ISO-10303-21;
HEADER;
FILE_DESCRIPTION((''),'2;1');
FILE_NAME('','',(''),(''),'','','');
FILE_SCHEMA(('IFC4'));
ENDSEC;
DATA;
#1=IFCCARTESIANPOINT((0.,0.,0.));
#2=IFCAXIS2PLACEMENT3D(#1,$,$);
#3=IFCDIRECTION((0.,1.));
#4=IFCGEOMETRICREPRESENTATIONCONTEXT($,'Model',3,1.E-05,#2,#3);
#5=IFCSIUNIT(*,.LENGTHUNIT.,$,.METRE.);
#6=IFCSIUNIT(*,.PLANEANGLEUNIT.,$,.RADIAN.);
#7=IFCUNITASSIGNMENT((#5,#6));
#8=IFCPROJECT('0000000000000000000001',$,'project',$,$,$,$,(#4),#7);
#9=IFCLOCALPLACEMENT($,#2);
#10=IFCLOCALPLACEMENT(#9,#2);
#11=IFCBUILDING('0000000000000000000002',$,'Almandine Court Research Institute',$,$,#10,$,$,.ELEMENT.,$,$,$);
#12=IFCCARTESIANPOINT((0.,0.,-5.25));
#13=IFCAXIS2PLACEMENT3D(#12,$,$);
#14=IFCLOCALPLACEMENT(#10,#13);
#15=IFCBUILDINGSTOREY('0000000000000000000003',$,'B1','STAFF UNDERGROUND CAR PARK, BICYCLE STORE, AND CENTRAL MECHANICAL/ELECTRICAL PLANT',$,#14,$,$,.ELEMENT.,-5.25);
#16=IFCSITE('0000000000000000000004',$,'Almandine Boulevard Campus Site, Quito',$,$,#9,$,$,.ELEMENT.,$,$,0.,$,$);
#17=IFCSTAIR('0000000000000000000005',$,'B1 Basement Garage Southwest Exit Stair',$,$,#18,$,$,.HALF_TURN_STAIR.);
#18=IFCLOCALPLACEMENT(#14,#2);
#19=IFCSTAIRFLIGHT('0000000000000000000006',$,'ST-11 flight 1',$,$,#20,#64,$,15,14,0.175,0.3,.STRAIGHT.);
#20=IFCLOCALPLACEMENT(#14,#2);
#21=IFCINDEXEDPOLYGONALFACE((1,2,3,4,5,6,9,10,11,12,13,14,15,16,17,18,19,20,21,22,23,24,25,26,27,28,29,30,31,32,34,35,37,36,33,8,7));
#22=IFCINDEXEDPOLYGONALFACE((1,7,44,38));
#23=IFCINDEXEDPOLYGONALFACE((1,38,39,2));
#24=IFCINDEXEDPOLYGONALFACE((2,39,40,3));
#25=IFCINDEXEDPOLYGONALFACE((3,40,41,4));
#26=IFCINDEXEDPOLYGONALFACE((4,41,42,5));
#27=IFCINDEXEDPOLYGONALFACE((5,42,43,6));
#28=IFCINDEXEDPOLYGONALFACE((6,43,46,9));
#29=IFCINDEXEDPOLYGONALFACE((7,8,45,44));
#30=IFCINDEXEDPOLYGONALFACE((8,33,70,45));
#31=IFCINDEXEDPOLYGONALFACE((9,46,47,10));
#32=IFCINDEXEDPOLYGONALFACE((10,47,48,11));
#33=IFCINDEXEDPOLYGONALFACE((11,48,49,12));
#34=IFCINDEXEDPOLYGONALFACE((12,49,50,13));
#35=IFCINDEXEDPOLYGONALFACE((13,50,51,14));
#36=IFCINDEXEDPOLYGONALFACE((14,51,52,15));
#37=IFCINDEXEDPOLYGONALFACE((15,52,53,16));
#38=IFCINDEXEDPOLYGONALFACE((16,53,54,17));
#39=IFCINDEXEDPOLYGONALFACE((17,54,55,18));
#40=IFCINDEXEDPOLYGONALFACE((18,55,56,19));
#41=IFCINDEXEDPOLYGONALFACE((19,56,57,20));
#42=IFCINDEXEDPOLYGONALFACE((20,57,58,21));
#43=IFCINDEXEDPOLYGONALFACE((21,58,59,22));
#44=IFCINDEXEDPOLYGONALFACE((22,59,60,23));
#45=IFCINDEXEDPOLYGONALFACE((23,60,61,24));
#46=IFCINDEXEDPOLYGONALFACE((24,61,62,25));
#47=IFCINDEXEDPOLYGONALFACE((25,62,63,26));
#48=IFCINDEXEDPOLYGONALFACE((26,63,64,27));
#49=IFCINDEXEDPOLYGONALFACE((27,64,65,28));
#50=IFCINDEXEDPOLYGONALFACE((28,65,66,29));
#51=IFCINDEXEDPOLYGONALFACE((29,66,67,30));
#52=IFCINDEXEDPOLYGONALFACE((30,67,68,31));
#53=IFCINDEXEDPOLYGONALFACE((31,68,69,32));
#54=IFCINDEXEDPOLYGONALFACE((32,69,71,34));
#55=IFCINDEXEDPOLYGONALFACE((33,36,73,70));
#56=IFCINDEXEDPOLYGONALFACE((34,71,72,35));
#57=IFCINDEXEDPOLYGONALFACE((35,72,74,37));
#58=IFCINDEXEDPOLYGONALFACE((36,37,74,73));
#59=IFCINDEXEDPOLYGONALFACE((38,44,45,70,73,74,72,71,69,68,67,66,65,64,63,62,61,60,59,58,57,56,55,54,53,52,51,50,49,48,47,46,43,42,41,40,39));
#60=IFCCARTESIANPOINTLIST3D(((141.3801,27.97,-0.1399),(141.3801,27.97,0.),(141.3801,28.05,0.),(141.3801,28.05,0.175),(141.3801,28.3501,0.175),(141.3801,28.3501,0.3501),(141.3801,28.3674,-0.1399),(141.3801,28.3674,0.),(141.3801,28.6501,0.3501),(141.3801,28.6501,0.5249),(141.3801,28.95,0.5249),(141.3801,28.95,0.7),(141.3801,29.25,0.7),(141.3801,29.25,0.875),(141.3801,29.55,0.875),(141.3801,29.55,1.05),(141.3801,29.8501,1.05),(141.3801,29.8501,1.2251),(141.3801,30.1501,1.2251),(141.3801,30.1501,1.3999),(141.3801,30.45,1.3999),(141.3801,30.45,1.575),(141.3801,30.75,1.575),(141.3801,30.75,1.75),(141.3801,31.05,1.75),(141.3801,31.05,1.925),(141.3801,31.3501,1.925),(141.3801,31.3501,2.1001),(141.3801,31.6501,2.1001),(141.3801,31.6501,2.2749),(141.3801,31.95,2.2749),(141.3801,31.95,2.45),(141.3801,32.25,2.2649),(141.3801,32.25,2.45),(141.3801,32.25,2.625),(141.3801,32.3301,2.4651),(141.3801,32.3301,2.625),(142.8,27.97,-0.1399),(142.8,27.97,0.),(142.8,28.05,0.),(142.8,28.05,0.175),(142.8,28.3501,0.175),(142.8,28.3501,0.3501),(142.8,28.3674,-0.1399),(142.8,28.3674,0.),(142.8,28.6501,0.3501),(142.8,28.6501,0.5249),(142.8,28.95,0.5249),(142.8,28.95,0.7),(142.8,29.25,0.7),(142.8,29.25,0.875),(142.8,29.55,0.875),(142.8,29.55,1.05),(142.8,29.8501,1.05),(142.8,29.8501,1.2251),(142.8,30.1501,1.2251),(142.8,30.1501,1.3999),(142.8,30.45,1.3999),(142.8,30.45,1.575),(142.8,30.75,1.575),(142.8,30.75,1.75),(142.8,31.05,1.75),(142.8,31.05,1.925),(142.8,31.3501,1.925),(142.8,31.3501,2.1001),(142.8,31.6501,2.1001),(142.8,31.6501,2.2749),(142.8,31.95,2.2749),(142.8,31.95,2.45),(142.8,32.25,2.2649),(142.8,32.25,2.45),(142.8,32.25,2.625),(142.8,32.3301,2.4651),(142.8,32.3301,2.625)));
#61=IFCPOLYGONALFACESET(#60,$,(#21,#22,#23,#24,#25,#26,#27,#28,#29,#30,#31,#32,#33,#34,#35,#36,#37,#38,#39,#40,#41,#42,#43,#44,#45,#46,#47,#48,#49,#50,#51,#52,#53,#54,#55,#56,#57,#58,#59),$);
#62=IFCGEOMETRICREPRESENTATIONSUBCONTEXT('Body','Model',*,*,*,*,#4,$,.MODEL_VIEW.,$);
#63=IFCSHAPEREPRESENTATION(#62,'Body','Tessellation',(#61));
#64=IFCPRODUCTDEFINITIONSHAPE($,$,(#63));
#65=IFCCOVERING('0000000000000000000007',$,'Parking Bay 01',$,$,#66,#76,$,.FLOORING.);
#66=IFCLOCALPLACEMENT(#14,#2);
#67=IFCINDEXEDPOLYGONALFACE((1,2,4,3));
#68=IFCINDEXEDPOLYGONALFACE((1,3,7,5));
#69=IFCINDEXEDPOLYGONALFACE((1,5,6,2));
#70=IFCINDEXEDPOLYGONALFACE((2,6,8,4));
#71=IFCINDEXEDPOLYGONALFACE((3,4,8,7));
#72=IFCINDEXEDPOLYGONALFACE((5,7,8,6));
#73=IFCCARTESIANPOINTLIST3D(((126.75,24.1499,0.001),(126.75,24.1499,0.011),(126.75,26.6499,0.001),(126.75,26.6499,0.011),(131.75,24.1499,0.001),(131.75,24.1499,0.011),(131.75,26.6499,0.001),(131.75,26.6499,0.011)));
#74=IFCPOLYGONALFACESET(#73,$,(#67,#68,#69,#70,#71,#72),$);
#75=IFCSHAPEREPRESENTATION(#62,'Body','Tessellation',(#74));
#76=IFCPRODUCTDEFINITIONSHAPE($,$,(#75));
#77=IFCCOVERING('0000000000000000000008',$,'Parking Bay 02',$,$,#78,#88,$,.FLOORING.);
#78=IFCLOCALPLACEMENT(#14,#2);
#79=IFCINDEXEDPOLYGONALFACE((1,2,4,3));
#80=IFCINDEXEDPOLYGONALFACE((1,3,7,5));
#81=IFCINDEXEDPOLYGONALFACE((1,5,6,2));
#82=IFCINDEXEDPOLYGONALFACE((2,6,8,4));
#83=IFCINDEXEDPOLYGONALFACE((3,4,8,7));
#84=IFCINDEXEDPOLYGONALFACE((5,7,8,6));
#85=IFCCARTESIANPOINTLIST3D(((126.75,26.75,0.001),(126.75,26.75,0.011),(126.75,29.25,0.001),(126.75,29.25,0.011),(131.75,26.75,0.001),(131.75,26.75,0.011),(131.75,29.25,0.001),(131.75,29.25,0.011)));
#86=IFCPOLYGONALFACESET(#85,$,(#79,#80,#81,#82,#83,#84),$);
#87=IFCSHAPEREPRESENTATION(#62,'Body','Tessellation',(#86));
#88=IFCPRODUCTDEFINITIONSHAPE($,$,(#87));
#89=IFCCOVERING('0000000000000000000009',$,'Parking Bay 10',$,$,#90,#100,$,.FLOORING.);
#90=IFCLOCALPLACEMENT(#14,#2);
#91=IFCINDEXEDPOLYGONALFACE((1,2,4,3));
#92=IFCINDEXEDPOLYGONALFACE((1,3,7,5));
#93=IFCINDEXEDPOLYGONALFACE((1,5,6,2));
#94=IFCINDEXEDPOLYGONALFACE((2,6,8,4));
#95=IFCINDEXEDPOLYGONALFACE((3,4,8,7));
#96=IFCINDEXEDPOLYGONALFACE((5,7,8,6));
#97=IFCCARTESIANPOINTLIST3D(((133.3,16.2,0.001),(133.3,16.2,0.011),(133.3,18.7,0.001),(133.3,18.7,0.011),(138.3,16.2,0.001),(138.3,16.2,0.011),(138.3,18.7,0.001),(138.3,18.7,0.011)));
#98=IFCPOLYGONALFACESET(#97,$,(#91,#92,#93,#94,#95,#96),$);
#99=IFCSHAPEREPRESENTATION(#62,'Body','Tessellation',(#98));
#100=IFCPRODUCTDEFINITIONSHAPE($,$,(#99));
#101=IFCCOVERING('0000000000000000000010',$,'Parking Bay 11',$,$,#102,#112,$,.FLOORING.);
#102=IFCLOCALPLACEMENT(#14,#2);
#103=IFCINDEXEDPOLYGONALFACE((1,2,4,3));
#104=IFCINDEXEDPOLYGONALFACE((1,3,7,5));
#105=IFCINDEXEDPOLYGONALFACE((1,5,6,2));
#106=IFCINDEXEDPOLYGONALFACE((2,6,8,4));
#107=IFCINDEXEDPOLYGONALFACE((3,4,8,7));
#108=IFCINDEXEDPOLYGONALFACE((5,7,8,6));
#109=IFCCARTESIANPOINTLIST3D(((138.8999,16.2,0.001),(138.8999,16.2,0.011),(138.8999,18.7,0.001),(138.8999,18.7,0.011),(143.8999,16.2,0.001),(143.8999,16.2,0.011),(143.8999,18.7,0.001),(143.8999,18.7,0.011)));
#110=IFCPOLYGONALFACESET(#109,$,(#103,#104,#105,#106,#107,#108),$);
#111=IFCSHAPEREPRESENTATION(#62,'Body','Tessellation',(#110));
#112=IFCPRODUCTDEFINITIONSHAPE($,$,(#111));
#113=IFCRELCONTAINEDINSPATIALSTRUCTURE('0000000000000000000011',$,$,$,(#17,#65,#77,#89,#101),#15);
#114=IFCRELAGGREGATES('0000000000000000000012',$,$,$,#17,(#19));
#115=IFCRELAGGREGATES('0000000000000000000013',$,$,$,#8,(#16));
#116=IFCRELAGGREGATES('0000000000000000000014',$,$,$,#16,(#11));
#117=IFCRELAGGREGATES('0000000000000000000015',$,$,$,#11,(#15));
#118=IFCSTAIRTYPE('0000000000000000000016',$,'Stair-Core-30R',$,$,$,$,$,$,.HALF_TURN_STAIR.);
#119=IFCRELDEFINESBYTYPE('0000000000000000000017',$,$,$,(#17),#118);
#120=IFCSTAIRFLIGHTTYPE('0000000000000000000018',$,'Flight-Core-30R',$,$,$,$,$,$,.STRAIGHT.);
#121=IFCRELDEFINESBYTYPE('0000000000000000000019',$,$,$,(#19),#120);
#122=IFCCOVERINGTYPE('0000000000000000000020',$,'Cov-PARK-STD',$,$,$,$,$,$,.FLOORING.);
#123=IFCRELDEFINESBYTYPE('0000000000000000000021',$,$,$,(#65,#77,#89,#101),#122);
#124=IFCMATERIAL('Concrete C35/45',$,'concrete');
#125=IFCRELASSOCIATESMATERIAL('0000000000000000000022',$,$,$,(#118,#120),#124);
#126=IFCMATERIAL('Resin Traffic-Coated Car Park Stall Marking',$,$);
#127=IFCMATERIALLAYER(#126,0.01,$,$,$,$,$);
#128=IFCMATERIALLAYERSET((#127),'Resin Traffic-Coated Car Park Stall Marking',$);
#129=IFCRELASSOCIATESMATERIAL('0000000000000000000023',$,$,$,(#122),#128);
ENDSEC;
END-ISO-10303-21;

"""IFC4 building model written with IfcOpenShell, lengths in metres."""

from ifc_helpers import new_model, si_unit, direction, frame, origin, origin_2d, place, context, subcontext, project, spatial, polyline, rectangle, outline, extrude, material, layer, layer_set, type_object, element, aggregate, save


model = new_model("IFC4")

# Units and contexts
model_context = context("Model", 3, precision=1e-05, world=origin(), true_north=direction((0.0, 1.0)))
body_context = subcontext(model_context, "Body", "Model", "MODEL_VIEW")
ifc_project = project(units=[si_unit("LENGTHUNIT", "METRE"), si_unit("PLANEANGLEUNIT", "RADIAN")], contexts=[model_context])

# Site, building, storey
site_placement = place(None, origin())
site = spatial("IfcSite", under=ifc_project, at=site_placement, Name="Almandine Boulevard Campus Site, Quito", CompositionType="ELEMENT", RefElevation=0.0)
building_placement = place(site_placement, origin())
building = spatial("IfcBuilding", under=site, at=building_placement, Name="Almandine Court Research Institute", CompositionType="ELEMENT")
storey_placement = place(building_placement, frame((0.0, 0.0, -5.25)))
storey = spatial("IfcBuildingStorey", under=building, at=storey_placement, Name="B1", Description="STAFF UNDERGROUND CAR PARK, BICYCLE STORE, AND CENTRAL MECHANICAL/ELECTRICAL PLANT", CompositionType="ELEMENT", Elevation=-5.25)

# Shared definitions
ifc_material_1 = material(Name="Concrete C35/45", Category="concrete")

# Stair, stair flight
stair_type = type_object("IfcStairType", Name="Stair-Core-30R", PredefinedType="HALF_TURN_STAIR", material=ifc_material_1)
stair_placement = place(storey_placement, origin())
stair = element("IfcStair", 1, at=stair_placement, inside=storey, type_object=stair_type, Name="B1 Basement Garage Southwest Exit Stair", PredefinedType="HALF_TURN_STAIR")
stair_flight_type = type_object("IfcStairFlightType", Name="Flight-Core-30R", PredefinedType="STRAIGHT", material=ifc_material_1)
stair_flight_placement = place(storey_placement, frame((142.0901, 28.05, 0.0), z_axis=(0.0, 0.0, 1.0), x_axis=(0.0, 1.0, 0.0)))
stair_flight = element("IfcStairFlight", 2, at=stair_flight_placement, type_object=stair_flight_type, Name="ST-11 flight 1", NumberOfRisers=15, NumberOfTreads=14, PredefinedType="STRAIGHT", RiserHeight=0.175, TreadLength=0.3, context=body_context, shape_type="SweptSolid", body=[
    extrude(outline(polyline([(-0.0801, -0.1399), (-0.0801, 0.0), (0.0, 0.0), (0.0, 0.175), (0.3, 0.175), (0.3, 0.3501), (0.6001, 0.3501), (0.6001, 0.5249), (0.8999, 0.5249), (0.8999, 0.7), (1.2, 0.7), (1.2, 0.875), (1.5, 0.875), (1.5, 1.05), (1.8, 1.05), (1.8, 1.2251), (2.1001, 1.2251), (2.1001, 1.3999), (2.3999, 1.3999), (2.3999, 1.575), (2.7, 1.575), (2.7, 1.75), (3.0, 1.75), (3.0, 1.925), (3.3, 1.925), (3.3, 2.1001), (3.6001, 2.1001), (3.6001, 2.2749), (3.8999, 2.2749), (3.8999, 2.45), (4.2, 2.45), (4.2, 2.625), (4.28, 2.625), (4.28, 2.4651), (4.2, 2.2649), (0.3174, 0.0), (0.3174, -0.1399), (-0.0801, -0.1399)])), frame((0.0, 0.71, 0.0), z_axis=(0.0, -1.0, 0.0), x_axis=(1.0, 0.0, 0.0)), (0.0, 0.0, 1.0), 1.4199),
])
aggregate(stair, [stair_flight])

# Coverings
ifc_material_2 = material(Name="Resin Traffic-Coated Car Park Stall Marking")
ifc_layer_1 = layer(ifc_material_2, 0.01)
ifc_layer_set_1 = layer_set([ifc_layer_1], Name="Resin Traffic-Coated Car Park Stall Marking")
covering_type = type_object("IfcCoveringType", Name="Cov-PARK-STD", PredefinedType="FLOORING", material=ifc_layer_set_1)
for number, where, z_axis, x_axis, name in (
    (3, (129.25, 25.3999, 0.001), (0.0, 0.0, 1.0), (1.0, 0.0, 0.0), "Parking Bay 01"),
    (4, (129.25, 28.0, 0.001), (0.0, 0.0, 1.0), (1.0, 0.0, 0.0), "Parking Bay 02"),
    (5, (135.8, 17.45, 0.001), (0.0, 0.0, 1.0), (1.0, 0.0, 0.0), "Parking Bay 10"),
    (6, (141.3999, 17.45, 0.001), (0.0, 0.0, 1.0), (1.0, 0.0, 0.0), "Parking Bay 11"),
):
    element("IfcCovering", number, at=place(storey_placement, frame(where, z_axis=z_axis, x_axis=x_axis)), inside=storey, type_object=covering_type, Name=name, PredefinedType="FLOORING", context=body_context, shape_type="SweptSolid", body=[
        extrude(rectangle(XDim=5.0, YDim=2.5, at=origin_2d()), origin(), (0.0, 0.0, 1.0), 0.01),
    ])

save(model, "model.ifc")
